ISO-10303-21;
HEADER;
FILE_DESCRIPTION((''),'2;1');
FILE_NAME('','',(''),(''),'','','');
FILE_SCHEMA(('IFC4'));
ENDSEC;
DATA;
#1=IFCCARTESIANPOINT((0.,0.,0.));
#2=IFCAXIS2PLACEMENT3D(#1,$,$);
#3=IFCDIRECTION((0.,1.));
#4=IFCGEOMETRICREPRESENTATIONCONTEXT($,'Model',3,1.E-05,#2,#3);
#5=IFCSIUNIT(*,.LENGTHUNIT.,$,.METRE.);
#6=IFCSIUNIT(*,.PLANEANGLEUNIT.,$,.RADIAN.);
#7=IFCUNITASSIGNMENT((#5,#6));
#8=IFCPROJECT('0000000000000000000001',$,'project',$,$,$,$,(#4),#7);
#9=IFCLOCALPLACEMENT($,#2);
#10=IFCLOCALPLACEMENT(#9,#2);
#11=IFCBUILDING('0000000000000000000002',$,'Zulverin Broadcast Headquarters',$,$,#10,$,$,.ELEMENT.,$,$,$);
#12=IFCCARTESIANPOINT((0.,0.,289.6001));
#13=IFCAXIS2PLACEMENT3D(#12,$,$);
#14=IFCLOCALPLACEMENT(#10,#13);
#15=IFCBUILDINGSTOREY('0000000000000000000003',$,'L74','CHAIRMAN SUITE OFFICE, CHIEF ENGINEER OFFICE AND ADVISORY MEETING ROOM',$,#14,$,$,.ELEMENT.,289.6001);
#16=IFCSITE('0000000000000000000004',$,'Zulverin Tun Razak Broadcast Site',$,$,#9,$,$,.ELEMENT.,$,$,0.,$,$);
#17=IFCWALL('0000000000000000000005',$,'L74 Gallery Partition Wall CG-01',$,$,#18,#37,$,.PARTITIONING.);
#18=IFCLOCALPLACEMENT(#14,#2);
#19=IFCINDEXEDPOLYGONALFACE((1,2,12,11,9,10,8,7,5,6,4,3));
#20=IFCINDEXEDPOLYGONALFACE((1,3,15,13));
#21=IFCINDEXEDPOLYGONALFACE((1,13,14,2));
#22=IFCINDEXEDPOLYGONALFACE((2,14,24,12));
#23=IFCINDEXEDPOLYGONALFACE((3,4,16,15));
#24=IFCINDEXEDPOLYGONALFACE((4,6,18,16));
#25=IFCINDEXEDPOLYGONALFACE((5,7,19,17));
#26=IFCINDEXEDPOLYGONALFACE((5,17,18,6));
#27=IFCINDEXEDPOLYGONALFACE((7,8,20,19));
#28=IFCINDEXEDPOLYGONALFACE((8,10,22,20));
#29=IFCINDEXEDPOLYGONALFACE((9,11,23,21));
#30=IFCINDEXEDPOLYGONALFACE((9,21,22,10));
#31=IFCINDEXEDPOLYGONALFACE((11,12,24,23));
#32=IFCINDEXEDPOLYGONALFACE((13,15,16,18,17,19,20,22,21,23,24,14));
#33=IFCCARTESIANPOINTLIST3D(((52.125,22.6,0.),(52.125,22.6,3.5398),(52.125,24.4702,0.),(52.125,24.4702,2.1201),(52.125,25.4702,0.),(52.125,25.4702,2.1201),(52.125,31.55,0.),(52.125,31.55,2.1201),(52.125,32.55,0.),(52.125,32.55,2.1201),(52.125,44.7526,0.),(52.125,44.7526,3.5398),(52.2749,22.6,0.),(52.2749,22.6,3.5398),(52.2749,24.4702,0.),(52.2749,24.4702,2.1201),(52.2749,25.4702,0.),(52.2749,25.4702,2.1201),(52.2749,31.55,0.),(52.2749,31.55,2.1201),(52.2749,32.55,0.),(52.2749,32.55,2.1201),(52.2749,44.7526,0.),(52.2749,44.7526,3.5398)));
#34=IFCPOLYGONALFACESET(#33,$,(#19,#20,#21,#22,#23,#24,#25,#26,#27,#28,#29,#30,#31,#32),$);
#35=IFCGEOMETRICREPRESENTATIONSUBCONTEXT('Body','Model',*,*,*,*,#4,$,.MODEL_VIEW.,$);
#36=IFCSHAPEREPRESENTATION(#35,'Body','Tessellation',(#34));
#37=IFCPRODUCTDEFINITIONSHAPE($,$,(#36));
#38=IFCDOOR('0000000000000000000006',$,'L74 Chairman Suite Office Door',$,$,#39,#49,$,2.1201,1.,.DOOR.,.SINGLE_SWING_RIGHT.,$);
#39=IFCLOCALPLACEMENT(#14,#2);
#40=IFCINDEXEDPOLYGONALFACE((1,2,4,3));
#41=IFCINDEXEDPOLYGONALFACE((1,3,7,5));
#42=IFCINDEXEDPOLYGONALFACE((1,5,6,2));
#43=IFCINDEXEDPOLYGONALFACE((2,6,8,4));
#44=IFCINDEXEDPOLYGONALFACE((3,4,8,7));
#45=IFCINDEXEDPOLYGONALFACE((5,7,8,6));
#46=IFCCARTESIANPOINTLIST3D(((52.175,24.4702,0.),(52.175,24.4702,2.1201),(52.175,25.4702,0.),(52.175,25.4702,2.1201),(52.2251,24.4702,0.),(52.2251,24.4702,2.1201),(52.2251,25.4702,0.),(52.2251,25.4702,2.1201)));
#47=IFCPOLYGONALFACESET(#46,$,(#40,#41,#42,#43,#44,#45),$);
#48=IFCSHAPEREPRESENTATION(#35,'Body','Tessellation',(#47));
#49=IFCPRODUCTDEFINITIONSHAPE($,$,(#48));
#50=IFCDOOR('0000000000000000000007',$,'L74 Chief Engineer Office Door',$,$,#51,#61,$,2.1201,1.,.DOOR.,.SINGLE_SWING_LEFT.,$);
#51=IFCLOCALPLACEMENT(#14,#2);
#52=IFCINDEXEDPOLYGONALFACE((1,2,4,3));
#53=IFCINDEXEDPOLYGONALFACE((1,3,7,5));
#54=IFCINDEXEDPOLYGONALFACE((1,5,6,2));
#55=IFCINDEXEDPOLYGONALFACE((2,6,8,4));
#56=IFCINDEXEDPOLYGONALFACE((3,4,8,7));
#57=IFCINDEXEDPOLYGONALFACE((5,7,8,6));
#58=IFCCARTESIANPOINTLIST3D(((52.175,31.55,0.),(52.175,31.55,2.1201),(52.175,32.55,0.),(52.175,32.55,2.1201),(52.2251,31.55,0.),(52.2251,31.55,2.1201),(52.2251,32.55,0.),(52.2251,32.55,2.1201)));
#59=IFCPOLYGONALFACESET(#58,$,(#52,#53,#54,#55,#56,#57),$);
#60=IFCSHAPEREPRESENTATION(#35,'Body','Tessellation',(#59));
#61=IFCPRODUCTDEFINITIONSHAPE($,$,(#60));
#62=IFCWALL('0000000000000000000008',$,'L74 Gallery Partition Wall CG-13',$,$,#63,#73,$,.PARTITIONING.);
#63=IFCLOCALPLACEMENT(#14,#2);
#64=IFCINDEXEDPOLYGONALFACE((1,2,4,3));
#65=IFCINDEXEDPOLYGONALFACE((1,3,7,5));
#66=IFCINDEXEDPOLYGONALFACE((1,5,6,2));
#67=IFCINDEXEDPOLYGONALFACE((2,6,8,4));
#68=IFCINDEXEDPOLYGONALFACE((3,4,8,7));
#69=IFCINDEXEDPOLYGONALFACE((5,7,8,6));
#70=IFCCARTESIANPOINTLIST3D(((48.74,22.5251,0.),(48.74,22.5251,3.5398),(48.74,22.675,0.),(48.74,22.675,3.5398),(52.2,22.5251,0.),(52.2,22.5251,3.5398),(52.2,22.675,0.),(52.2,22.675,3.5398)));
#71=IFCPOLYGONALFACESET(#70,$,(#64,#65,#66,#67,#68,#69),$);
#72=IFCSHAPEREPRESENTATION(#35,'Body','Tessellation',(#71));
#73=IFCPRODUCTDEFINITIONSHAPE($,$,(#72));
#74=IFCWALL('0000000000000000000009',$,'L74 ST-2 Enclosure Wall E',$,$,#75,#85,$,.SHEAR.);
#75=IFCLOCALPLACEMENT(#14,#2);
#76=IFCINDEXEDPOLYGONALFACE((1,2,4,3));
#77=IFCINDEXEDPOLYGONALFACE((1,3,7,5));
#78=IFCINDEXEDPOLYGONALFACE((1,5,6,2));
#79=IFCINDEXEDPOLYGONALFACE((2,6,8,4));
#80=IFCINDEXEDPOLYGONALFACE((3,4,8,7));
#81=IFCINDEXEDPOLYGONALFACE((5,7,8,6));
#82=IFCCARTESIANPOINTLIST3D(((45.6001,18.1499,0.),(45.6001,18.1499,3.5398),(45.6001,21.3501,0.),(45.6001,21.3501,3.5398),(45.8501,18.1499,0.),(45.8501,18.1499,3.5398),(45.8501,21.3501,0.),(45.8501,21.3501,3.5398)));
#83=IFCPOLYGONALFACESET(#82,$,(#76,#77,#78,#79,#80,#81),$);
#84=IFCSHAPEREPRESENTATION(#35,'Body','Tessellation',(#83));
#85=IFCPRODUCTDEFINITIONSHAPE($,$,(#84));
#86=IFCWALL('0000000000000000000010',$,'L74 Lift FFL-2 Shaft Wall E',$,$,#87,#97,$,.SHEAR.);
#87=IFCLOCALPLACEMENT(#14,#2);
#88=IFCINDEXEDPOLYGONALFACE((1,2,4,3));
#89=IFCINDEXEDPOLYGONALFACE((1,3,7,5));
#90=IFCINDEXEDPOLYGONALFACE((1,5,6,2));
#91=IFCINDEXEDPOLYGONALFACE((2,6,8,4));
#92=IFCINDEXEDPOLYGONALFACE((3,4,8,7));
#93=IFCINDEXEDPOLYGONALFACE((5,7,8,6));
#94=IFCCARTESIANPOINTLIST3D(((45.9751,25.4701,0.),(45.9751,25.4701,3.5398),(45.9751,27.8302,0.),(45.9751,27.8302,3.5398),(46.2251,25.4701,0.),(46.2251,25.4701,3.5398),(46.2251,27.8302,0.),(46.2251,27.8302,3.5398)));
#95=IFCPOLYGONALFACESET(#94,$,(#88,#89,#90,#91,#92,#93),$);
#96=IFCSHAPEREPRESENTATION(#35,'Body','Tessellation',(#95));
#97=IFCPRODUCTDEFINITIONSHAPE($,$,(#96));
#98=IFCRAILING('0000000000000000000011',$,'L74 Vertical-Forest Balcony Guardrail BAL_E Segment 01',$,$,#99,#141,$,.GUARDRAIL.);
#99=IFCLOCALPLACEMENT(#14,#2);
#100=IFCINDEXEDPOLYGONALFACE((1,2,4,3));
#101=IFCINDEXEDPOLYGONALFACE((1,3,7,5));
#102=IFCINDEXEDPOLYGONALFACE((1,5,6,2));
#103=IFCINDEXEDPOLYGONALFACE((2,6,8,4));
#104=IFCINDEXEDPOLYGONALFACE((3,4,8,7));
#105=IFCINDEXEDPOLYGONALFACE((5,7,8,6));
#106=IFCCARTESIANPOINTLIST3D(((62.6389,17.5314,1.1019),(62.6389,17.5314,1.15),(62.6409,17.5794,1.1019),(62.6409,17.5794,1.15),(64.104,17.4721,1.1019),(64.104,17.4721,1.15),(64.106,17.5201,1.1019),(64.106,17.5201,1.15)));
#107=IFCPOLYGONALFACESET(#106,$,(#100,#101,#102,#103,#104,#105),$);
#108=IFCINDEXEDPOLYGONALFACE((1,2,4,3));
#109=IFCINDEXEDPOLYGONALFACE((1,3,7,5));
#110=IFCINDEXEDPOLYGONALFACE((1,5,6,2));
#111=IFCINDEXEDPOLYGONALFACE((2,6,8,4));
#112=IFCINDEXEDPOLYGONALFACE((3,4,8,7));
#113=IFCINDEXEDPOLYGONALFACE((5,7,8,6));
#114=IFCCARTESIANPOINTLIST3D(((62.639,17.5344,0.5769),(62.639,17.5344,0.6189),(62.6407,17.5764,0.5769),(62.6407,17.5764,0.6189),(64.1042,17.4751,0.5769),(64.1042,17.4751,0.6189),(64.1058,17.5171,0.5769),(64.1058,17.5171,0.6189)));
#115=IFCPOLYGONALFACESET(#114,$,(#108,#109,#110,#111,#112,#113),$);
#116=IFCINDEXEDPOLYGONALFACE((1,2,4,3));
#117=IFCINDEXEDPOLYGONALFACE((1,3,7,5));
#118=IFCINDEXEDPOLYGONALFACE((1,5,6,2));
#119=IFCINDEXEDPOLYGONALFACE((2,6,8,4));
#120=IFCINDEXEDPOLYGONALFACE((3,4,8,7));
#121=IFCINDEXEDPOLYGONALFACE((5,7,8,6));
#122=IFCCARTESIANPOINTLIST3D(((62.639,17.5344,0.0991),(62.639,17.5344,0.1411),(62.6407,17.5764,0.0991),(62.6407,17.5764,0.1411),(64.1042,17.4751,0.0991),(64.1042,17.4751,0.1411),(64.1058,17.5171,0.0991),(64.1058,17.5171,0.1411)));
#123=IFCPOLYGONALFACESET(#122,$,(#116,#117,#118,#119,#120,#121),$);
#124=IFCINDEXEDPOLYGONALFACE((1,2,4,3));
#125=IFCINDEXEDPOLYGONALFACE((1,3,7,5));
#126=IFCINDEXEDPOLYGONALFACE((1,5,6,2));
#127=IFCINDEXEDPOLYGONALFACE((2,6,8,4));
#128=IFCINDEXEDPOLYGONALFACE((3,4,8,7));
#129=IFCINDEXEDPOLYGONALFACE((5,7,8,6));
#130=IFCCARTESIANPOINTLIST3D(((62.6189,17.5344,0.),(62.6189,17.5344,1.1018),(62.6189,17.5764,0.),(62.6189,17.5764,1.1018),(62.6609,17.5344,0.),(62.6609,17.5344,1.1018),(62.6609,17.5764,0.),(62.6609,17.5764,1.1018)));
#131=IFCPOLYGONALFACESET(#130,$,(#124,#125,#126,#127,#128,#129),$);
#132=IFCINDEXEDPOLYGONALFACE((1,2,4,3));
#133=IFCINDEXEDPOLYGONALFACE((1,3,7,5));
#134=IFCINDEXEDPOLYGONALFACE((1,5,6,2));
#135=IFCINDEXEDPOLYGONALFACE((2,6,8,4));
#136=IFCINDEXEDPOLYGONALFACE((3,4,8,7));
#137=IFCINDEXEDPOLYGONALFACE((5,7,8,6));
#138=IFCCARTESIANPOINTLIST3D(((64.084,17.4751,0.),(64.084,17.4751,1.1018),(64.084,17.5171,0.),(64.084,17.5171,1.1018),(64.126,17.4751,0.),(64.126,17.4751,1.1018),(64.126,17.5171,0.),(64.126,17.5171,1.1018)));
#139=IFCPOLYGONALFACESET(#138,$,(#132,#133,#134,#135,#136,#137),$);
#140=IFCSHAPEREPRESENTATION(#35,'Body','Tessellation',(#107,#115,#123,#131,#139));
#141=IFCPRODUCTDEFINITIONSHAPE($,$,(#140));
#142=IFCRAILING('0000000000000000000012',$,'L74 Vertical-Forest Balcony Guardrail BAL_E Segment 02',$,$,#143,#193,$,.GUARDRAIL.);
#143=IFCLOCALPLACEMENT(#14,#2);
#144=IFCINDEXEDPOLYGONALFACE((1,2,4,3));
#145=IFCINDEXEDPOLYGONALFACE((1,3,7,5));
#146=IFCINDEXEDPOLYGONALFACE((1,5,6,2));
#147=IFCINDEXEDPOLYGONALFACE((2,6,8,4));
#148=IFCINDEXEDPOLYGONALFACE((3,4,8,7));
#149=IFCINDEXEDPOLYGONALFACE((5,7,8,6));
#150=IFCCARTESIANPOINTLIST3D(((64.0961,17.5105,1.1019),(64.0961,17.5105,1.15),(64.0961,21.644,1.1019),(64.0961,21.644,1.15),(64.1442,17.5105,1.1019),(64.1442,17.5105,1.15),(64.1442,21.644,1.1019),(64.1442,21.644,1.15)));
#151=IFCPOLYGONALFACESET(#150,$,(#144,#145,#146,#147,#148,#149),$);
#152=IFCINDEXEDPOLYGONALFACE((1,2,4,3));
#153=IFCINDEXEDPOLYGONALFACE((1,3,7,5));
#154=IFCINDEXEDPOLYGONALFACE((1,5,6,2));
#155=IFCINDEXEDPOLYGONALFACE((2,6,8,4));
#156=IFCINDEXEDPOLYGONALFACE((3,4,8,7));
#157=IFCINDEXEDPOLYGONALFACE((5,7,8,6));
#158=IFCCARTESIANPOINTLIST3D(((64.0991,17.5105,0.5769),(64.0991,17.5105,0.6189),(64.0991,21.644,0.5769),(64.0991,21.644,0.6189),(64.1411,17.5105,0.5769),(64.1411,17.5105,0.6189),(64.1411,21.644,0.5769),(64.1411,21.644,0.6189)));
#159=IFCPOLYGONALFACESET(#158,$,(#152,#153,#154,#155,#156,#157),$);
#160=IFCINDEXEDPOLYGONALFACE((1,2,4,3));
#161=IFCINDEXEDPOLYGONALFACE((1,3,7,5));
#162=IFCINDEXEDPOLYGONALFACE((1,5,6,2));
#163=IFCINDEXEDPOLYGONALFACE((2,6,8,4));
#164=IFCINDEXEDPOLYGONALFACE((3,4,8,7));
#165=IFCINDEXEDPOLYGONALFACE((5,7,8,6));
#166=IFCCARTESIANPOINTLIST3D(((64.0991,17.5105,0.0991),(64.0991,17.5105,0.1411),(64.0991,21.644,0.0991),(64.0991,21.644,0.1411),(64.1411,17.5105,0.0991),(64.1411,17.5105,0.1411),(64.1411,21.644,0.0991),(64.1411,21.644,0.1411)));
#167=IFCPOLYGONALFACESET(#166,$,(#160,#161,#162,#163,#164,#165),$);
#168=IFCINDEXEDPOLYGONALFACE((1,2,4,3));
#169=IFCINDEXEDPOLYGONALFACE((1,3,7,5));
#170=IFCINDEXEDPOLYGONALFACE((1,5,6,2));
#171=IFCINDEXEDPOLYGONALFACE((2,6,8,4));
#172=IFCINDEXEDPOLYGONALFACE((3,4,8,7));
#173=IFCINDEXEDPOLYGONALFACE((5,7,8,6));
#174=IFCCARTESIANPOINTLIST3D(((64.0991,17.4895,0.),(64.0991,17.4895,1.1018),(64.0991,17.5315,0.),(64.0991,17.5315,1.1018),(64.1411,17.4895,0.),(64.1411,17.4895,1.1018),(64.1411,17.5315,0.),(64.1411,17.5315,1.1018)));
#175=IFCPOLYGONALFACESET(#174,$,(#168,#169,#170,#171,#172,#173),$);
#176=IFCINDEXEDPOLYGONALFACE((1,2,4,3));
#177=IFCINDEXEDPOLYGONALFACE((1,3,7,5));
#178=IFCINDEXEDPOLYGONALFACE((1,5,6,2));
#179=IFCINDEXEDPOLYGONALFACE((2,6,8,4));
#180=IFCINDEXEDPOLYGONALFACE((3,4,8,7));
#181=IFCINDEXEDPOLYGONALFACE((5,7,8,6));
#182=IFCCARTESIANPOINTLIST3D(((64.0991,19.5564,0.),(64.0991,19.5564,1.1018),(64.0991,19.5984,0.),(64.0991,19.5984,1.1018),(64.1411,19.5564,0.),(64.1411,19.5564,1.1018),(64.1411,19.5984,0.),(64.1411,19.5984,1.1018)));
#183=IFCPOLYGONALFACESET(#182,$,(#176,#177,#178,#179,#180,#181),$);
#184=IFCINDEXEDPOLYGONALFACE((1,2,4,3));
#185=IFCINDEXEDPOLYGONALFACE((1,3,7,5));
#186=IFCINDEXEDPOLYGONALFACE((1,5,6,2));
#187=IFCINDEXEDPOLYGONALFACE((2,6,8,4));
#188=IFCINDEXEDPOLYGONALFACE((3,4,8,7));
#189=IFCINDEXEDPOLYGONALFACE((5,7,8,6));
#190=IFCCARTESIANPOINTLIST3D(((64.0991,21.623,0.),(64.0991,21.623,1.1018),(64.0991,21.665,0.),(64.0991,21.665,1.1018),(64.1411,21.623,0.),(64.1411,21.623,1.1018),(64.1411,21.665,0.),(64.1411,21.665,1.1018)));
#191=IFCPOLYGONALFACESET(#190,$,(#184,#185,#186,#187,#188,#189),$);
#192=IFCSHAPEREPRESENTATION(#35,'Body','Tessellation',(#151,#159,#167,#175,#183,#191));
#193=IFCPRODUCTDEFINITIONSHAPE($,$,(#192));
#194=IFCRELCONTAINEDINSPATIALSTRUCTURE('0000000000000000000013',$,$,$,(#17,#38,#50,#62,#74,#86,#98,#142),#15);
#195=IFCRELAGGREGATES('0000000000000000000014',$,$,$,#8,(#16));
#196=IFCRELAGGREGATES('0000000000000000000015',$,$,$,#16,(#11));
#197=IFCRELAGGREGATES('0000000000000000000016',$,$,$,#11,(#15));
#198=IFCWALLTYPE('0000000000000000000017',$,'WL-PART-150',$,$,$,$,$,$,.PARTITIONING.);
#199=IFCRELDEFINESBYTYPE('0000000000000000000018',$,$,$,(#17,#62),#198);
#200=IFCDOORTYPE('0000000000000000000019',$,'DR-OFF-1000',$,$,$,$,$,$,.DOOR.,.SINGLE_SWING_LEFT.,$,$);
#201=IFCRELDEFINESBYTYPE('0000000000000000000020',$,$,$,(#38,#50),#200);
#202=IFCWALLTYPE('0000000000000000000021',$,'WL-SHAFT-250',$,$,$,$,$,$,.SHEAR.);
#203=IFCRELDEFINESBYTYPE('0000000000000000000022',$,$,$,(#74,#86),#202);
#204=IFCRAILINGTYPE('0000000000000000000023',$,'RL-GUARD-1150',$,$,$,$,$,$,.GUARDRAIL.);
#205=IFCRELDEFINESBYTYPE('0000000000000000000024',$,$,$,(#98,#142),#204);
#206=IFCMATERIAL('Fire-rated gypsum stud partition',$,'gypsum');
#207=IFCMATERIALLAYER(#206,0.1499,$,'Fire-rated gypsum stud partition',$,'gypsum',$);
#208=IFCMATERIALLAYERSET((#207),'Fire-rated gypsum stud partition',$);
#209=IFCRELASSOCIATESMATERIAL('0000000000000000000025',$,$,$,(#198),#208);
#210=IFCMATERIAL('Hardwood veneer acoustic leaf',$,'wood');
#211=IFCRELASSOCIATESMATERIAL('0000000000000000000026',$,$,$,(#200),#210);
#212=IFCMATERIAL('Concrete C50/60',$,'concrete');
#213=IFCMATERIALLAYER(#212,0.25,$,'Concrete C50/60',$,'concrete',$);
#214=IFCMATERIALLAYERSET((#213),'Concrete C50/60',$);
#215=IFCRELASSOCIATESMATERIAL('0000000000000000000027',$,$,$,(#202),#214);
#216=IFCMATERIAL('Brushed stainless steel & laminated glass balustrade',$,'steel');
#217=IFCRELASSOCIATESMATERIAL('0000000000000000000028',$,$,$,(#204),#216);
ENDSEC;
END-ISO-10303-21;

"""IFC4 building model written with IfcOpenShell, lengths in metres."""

from ifc_helpers import new_model, si_unit, direction, frame, frame_2d, origin, origin_2d, place, context, subcontext, project, spatial, rectangle, extrude, material, layer, layer_set, type_object, element, fill, save


model = new_model("IFC4")

# Units and contexts
model_context = context("Model", 3, precision=1e-05, world=origin(), true_north=direction((0.0, 1.0)))
body_context = subcontext(model_context, "Body", "Model", "MODEL_VIEW")
ifc_project = project(units=[si_unit("LENGTHUNIT", "METRE"), si_unit("PLANEANGLEUNIT", "RADIAN")], contexts=[model_context])

# Site, building, storey
site_placement = place(None, origin())
site = spatial("IfcSite", under=ifc_project, at=site_placement, Name="Zulverin Tun Razak Broadcast Site", CompositionType="ELEMENT", RefElevation=0.0)
building_placement = place(site_placement, origin())
building = spatial("IfcBuilding", under=site, at=building_placement, Name="Zulverin Broadcast Headquarters", CompositionType="ELEMENT")
storey_placement = place(building_placement, frame((0.0, 0.0, 289.6001)))
storey = spatial("IfcBuildingStorey", under=building, at=storey_placement, Name="L74", Description="CHAIRMAN SUITE OFFICE, CHIEF ENGINEER OFFICE AND ADVISORY MEETING ROOM", CompositionType="ELEMENT", Elevation=289.6001)

# Shared definitions
ifc_material_1 = material(Name="Concrete C50/60", Category="concrete")

# Wall, openings, doors
ifc_material_2 = material(Name="Fire-rated gypsum stud partition", Category="gypsum")
ifc_layer_1 = layer(ifc_material_2, 0.1499, Name="Fire-rated gypsum stud partition", Category="gypsum")
ifc_layer_set_1 = layer_set([ifc_layer_1], Name="Fire-rated gypsum stud partition")
wall_type_1 = type_object("IfcWallType", Name="WL-PART-150", PredefinedType="PARTITIONING", material=ifc_layer_set_1)
wall_1_placement = place(storey_placement, frame((52.2, 22.6001, 0.0), z_axis=(0.0, 0.0, 1.0), x_axis=(0.0, 1.0, 0.0)))
wall_1 = element("IfcWall", 1, at=wall_1_placement, inside=storey, type_object=wall_type_1, Name="L74 Gallery Partition Wall CG-01", PredefinedType="PARTITIONING", context=body_context, shape_type="SweptSolid", body=[
    extrude(rectangle(XDim=22.1526, YDim=0.1499, at=frame_2d((11.0762, 0.0))), origin(), (0.0, 0.0, 1.0), 3.5398),
])
opening_1_placement = place(wall_1_placement, frame((1.8701, 0.0, 0.0)))
opening_1 = element("IfcOpeningElement", 2, at=opening_1_placement, cuts=wall_1, PredefinedType="OPENING", context=body_context, shape_type="SweptSolid", body=[
    extrude(rectangle(XDim=1.0, YDim=2.1201, at=frame_2d((0.5, 1.0601))), frame((0.0, 0.085, 0.0), z_axis=(0.0, -1.0, 0.0), x_axis=(1.0, 0.0, 0.0)), (0.0, 0.0, 1.0), 0.1699),
])
opening_2_placement = place(wall_1_placement, frame((8.95, 0.0, 0.0)))
opening_2 = element("IfcOpeningElement", 3, at=opening_2_placement, cuts=wall_1, PredefinedType="OPENING", context=body_context, shape_type="SweptSolid", body=[
    extrude(rectangle(XDim=1.0, YDim=2.1201, at=frame_2d((0.5, 1.0601))), frame((0.0, 0.085, 0.0), z_axis=(0.0, -1.0, 0.0), x_axis=(1.0, 0.0, 0.0)), (0.0, 0.0, 1.0), 0.1699),
])
ifc_material_3 = material(Name="Hardwood veneer acoustic leaf", Category="wood")
door_type_1 = type_object("IfcDoorType", Name="DR-OFF-1000", OperationType="SINGLE_SWING_LEFT", PredefinedType="DOOR", material=ifc_material_3)
door_1_placement = place(opening_1_placement, origin())
door_1 = element("IfcDoor", 4, at=door_1_placement, inside=storey, type_object=door_type_1, Name="L74 Chairman Suite Office Door", OperationType="SINGLE_SWING_RIGHT", OverallHeight=2.1201, OverallWidth=1.0, PredefinedType="DOOR", context=body_context, shape_type="SweptSolid", body=[
    extrude(rectangle(XDim=1.0, YDim=2.1201, at=frame_2d((0.5, 1.0601))), frame((0.0, 0.0249, 0.0), z_axis=(0.0, -1.0, 0.0), x_axis=(1.0, 0.0, 0.0)), (0.0, 0.0, 1.0), 0.05),
])
fill(opening_1, door_1)
door_2_placement = place(opening_2_placement, origin())
door_2 = element("IfcDoor", 5, at=door_2_placement, inside=storey, type_object=door_type_1, Name="L74 Chief Engineer Office Door", OperationType="SINGLE_SWING_LEFT", OverallHeight=2.1201, OverallWidth=1.0, PredefinedType="DOOR", context=body_context, shape_type="SweptSolid", body=[
    extrude(rectangle(XDim=1.0, YDim=2.1201, at=frame_2d((0.5, 1.0601))), frame((0.0, 0.0249, 0.0), z_axis=(0.0, -1.0, 0.0), x_axis=(1.0, 0.0, 0.0)), (0.0, 0.0, 1.0), 0.05),
])
fill(opening_2, door_2)

# Walls
wall_2_placement = place(storey_placement, frame((48.74, 22.6001, 0.0), z_axis=(0.0, 0.0, 1.0), x_axis=(1.0, 0.0, 0.0)))
element("IfcWall", 6, at=wall_2_placement, inside=storey, type_object=wall_type_1, Name="L74 Gallery Partition Wall CG-13", PredefinedType="PARTITIONING", context=body_context, shape_type="SweptSolid", body=[
    extrude(rectangle(XDim=3.46, YDim=0.1499, at=frame_2d((1.73, 0.0))), origin(), (0.0, 0.0, 1.0), 3.5398),
])
ifc_layer_2 = layer(ifc_material_1, 0.25, Name="Concrete C50/60", Category="concrete")
ifc_layer_set_2 = layer_set([ifc_layer_2], Name="Concrete C50/60")
wall_type_2 = type_object("IfcWallType", Name="WL-SHAFT-250", PredefinedType="SHEAR", material=ifc_layer_set_2)
wall_3_placement = place(storey_placement, frame((45.7251, 18.1499, 0.0), z_axis=(0.0, 0.0, 1.0), x_axis=(0.0, 1.0, 0.0)))
element("IfcWall", 7, at=wall_3_placement, inside=storey, type_object=wall_type_2, Name="L74 ST-2 Enclosure Wall E", PredefinedType="SHEAR", context=body_context, shape_type="SweptSolid", body=[
    extrude(rectangle(XDim=3.2002, YDim=0.25, at=frame_2d((1.6001, 0.0))), origin(), (0.0, 0.0, 1.0), 3.5398),
])
wall_4_placement = place(storey_placement, frame((46.1001, 25.47, 0.0), z_axis=(0.0, 0.0, 1.0), x_axis=(0.0, 1.0, 0.0)))
element("IfcWall", 8, at=wall_4_placement, inside=storey, type_object=wall_type_2, Name="L74 Lift FFL-2 Shaft Wall E", PredefinedType="SHEAR", context=body_context, shape_type="SweptSolid", body=[
    extrude(rectangle(XDim=2.3601, YDim=0.25, at=frame_2d((1.1802, 0.0))), origin(), (0.0, 0.0, 1.0), 3.5398),
])

# Railings
ifc_material_4 = material(Name="Brushed stainless steel & laminated glass balustrade", Category="steel")
railing_type = type_object("IfcRailingType", Name="RL-GUARD-1150", PredefinedType="GUARDRAIL", material=ifc_material_4)
railing_1_placement = place(storey_placement, frame((62.6399, 17.5554, 0.0)))
element("IfcRailing", 9, at=railing_1_placement, inside=storey, type_object=railing_type, Name="L74 Vertical-Forest Balcony Guardrail BAL_E Segment 01", PredefinedType="GUARDRAIL", context=body_context, shape_type="SweptSolid", body=[
    extrude(rectangle(XDim=0.0481, YDim=0.0481, at=origin_2d()), frame((0.0, 0.0, 1.126), z_axis=(0.999181, -0.04046, 0.0), x_axis=(0.04046, 0.999181, 0.0)), (0.0, 0.0, 1.0), 1.4663),
    extrude(rectangle(XDim=0.042, YDim=0.042, at=origin_2d()), frame((0.0, 0.0, 0.5979), z_axis=(0.999181, -0.04046, 0.0), x_axis=(0.04046, 0.999181, 0.0)), (0.0, 0.0, 1.0), 1.4663),
    extrude(rectangle(XDim=0.042, YDim=0.042, at=origin_2d()), frame((0.0, 0.0, 0.1201), z_axis=(0.999181, -0.04046, 0.0), x_axis=(0.04046, 0.999181, 0.0)), (0.0, 0.0, 1.0), 1.4663),
    extrude(rectangle(XDim=0.042, YDim=0.042, at=origin_2d()), origin(), (0.0, 0.0, 1.0), 1.1018),
    extrude(rectangle(XDim=0.042, YDim=0.042, at=origin_2d()), frame((1.4651, -0.0593, 0.0)), (0.0, 0.0, 1.0), 1.1018),
])
railing_2_placement = place(storey_placement, frame((64.1201, 17.5105, 0.0)))
element("IfcRailing", 10, at=railing_2_placement, inside=storey, type_object=railing_type, Name="L74 Vertical-Forest Balcony Guardrail BAL_E Segment 02", PredefinedType="GUARDRAIL", context=body_context, shape_type="SweptSolid", body=[
    extrude(rectangle(XDim=0.0481, YDim=0.0481, at=origin_2d()), frame((0.0, 0.0, 1.126), z_axis=(0.0, 1.0, 0.0), x_axis=(-1.0, 0.0, 0.0)), (0.0, 0.0, 1.0), 4.1335),
    extrude(rectangle(XDim=0.042, YDim=0.042, at=origin_2d()), frame((0.0, 0.0, 0.5979), z_axis=(0.0, 1.0, 0.0), x_axis=(-1.0, 0.0, 0.0)), (0.0, 0.0, 1.0), 4.1335),
    extrude(rectangle(XDim=0.042, YDim=0.042, at=origin_2d()), frame((0.0, 0.0, 0.1201), z_axis=(0.0, 1.0, 0.0), x_axis=(-1.0, 0.0, 0.0)), (0.0, 0.0, 1.0), 4.1335),
    extrude(rectangle(XDim=0.042, YDim=0.042, at=origin_2d()), origin(), (0.0, 0.0, 1.0), 1.1018),
    extrude(rectangle(XDim=0.042, YDim=0.042, at=origin_2d()), frame((0.0, 2.0669, 0.0)), (0.0, 0.0, 1.0), 1.1018),
    extrude(rectangle(XDim=0.042, YDim=0.042, at=origin_2d()), frame((0.0, 4.1335, 0.0)), (0.0, 0.0, 1.0), 1.1018),
])

save(model, "model.ifc")
